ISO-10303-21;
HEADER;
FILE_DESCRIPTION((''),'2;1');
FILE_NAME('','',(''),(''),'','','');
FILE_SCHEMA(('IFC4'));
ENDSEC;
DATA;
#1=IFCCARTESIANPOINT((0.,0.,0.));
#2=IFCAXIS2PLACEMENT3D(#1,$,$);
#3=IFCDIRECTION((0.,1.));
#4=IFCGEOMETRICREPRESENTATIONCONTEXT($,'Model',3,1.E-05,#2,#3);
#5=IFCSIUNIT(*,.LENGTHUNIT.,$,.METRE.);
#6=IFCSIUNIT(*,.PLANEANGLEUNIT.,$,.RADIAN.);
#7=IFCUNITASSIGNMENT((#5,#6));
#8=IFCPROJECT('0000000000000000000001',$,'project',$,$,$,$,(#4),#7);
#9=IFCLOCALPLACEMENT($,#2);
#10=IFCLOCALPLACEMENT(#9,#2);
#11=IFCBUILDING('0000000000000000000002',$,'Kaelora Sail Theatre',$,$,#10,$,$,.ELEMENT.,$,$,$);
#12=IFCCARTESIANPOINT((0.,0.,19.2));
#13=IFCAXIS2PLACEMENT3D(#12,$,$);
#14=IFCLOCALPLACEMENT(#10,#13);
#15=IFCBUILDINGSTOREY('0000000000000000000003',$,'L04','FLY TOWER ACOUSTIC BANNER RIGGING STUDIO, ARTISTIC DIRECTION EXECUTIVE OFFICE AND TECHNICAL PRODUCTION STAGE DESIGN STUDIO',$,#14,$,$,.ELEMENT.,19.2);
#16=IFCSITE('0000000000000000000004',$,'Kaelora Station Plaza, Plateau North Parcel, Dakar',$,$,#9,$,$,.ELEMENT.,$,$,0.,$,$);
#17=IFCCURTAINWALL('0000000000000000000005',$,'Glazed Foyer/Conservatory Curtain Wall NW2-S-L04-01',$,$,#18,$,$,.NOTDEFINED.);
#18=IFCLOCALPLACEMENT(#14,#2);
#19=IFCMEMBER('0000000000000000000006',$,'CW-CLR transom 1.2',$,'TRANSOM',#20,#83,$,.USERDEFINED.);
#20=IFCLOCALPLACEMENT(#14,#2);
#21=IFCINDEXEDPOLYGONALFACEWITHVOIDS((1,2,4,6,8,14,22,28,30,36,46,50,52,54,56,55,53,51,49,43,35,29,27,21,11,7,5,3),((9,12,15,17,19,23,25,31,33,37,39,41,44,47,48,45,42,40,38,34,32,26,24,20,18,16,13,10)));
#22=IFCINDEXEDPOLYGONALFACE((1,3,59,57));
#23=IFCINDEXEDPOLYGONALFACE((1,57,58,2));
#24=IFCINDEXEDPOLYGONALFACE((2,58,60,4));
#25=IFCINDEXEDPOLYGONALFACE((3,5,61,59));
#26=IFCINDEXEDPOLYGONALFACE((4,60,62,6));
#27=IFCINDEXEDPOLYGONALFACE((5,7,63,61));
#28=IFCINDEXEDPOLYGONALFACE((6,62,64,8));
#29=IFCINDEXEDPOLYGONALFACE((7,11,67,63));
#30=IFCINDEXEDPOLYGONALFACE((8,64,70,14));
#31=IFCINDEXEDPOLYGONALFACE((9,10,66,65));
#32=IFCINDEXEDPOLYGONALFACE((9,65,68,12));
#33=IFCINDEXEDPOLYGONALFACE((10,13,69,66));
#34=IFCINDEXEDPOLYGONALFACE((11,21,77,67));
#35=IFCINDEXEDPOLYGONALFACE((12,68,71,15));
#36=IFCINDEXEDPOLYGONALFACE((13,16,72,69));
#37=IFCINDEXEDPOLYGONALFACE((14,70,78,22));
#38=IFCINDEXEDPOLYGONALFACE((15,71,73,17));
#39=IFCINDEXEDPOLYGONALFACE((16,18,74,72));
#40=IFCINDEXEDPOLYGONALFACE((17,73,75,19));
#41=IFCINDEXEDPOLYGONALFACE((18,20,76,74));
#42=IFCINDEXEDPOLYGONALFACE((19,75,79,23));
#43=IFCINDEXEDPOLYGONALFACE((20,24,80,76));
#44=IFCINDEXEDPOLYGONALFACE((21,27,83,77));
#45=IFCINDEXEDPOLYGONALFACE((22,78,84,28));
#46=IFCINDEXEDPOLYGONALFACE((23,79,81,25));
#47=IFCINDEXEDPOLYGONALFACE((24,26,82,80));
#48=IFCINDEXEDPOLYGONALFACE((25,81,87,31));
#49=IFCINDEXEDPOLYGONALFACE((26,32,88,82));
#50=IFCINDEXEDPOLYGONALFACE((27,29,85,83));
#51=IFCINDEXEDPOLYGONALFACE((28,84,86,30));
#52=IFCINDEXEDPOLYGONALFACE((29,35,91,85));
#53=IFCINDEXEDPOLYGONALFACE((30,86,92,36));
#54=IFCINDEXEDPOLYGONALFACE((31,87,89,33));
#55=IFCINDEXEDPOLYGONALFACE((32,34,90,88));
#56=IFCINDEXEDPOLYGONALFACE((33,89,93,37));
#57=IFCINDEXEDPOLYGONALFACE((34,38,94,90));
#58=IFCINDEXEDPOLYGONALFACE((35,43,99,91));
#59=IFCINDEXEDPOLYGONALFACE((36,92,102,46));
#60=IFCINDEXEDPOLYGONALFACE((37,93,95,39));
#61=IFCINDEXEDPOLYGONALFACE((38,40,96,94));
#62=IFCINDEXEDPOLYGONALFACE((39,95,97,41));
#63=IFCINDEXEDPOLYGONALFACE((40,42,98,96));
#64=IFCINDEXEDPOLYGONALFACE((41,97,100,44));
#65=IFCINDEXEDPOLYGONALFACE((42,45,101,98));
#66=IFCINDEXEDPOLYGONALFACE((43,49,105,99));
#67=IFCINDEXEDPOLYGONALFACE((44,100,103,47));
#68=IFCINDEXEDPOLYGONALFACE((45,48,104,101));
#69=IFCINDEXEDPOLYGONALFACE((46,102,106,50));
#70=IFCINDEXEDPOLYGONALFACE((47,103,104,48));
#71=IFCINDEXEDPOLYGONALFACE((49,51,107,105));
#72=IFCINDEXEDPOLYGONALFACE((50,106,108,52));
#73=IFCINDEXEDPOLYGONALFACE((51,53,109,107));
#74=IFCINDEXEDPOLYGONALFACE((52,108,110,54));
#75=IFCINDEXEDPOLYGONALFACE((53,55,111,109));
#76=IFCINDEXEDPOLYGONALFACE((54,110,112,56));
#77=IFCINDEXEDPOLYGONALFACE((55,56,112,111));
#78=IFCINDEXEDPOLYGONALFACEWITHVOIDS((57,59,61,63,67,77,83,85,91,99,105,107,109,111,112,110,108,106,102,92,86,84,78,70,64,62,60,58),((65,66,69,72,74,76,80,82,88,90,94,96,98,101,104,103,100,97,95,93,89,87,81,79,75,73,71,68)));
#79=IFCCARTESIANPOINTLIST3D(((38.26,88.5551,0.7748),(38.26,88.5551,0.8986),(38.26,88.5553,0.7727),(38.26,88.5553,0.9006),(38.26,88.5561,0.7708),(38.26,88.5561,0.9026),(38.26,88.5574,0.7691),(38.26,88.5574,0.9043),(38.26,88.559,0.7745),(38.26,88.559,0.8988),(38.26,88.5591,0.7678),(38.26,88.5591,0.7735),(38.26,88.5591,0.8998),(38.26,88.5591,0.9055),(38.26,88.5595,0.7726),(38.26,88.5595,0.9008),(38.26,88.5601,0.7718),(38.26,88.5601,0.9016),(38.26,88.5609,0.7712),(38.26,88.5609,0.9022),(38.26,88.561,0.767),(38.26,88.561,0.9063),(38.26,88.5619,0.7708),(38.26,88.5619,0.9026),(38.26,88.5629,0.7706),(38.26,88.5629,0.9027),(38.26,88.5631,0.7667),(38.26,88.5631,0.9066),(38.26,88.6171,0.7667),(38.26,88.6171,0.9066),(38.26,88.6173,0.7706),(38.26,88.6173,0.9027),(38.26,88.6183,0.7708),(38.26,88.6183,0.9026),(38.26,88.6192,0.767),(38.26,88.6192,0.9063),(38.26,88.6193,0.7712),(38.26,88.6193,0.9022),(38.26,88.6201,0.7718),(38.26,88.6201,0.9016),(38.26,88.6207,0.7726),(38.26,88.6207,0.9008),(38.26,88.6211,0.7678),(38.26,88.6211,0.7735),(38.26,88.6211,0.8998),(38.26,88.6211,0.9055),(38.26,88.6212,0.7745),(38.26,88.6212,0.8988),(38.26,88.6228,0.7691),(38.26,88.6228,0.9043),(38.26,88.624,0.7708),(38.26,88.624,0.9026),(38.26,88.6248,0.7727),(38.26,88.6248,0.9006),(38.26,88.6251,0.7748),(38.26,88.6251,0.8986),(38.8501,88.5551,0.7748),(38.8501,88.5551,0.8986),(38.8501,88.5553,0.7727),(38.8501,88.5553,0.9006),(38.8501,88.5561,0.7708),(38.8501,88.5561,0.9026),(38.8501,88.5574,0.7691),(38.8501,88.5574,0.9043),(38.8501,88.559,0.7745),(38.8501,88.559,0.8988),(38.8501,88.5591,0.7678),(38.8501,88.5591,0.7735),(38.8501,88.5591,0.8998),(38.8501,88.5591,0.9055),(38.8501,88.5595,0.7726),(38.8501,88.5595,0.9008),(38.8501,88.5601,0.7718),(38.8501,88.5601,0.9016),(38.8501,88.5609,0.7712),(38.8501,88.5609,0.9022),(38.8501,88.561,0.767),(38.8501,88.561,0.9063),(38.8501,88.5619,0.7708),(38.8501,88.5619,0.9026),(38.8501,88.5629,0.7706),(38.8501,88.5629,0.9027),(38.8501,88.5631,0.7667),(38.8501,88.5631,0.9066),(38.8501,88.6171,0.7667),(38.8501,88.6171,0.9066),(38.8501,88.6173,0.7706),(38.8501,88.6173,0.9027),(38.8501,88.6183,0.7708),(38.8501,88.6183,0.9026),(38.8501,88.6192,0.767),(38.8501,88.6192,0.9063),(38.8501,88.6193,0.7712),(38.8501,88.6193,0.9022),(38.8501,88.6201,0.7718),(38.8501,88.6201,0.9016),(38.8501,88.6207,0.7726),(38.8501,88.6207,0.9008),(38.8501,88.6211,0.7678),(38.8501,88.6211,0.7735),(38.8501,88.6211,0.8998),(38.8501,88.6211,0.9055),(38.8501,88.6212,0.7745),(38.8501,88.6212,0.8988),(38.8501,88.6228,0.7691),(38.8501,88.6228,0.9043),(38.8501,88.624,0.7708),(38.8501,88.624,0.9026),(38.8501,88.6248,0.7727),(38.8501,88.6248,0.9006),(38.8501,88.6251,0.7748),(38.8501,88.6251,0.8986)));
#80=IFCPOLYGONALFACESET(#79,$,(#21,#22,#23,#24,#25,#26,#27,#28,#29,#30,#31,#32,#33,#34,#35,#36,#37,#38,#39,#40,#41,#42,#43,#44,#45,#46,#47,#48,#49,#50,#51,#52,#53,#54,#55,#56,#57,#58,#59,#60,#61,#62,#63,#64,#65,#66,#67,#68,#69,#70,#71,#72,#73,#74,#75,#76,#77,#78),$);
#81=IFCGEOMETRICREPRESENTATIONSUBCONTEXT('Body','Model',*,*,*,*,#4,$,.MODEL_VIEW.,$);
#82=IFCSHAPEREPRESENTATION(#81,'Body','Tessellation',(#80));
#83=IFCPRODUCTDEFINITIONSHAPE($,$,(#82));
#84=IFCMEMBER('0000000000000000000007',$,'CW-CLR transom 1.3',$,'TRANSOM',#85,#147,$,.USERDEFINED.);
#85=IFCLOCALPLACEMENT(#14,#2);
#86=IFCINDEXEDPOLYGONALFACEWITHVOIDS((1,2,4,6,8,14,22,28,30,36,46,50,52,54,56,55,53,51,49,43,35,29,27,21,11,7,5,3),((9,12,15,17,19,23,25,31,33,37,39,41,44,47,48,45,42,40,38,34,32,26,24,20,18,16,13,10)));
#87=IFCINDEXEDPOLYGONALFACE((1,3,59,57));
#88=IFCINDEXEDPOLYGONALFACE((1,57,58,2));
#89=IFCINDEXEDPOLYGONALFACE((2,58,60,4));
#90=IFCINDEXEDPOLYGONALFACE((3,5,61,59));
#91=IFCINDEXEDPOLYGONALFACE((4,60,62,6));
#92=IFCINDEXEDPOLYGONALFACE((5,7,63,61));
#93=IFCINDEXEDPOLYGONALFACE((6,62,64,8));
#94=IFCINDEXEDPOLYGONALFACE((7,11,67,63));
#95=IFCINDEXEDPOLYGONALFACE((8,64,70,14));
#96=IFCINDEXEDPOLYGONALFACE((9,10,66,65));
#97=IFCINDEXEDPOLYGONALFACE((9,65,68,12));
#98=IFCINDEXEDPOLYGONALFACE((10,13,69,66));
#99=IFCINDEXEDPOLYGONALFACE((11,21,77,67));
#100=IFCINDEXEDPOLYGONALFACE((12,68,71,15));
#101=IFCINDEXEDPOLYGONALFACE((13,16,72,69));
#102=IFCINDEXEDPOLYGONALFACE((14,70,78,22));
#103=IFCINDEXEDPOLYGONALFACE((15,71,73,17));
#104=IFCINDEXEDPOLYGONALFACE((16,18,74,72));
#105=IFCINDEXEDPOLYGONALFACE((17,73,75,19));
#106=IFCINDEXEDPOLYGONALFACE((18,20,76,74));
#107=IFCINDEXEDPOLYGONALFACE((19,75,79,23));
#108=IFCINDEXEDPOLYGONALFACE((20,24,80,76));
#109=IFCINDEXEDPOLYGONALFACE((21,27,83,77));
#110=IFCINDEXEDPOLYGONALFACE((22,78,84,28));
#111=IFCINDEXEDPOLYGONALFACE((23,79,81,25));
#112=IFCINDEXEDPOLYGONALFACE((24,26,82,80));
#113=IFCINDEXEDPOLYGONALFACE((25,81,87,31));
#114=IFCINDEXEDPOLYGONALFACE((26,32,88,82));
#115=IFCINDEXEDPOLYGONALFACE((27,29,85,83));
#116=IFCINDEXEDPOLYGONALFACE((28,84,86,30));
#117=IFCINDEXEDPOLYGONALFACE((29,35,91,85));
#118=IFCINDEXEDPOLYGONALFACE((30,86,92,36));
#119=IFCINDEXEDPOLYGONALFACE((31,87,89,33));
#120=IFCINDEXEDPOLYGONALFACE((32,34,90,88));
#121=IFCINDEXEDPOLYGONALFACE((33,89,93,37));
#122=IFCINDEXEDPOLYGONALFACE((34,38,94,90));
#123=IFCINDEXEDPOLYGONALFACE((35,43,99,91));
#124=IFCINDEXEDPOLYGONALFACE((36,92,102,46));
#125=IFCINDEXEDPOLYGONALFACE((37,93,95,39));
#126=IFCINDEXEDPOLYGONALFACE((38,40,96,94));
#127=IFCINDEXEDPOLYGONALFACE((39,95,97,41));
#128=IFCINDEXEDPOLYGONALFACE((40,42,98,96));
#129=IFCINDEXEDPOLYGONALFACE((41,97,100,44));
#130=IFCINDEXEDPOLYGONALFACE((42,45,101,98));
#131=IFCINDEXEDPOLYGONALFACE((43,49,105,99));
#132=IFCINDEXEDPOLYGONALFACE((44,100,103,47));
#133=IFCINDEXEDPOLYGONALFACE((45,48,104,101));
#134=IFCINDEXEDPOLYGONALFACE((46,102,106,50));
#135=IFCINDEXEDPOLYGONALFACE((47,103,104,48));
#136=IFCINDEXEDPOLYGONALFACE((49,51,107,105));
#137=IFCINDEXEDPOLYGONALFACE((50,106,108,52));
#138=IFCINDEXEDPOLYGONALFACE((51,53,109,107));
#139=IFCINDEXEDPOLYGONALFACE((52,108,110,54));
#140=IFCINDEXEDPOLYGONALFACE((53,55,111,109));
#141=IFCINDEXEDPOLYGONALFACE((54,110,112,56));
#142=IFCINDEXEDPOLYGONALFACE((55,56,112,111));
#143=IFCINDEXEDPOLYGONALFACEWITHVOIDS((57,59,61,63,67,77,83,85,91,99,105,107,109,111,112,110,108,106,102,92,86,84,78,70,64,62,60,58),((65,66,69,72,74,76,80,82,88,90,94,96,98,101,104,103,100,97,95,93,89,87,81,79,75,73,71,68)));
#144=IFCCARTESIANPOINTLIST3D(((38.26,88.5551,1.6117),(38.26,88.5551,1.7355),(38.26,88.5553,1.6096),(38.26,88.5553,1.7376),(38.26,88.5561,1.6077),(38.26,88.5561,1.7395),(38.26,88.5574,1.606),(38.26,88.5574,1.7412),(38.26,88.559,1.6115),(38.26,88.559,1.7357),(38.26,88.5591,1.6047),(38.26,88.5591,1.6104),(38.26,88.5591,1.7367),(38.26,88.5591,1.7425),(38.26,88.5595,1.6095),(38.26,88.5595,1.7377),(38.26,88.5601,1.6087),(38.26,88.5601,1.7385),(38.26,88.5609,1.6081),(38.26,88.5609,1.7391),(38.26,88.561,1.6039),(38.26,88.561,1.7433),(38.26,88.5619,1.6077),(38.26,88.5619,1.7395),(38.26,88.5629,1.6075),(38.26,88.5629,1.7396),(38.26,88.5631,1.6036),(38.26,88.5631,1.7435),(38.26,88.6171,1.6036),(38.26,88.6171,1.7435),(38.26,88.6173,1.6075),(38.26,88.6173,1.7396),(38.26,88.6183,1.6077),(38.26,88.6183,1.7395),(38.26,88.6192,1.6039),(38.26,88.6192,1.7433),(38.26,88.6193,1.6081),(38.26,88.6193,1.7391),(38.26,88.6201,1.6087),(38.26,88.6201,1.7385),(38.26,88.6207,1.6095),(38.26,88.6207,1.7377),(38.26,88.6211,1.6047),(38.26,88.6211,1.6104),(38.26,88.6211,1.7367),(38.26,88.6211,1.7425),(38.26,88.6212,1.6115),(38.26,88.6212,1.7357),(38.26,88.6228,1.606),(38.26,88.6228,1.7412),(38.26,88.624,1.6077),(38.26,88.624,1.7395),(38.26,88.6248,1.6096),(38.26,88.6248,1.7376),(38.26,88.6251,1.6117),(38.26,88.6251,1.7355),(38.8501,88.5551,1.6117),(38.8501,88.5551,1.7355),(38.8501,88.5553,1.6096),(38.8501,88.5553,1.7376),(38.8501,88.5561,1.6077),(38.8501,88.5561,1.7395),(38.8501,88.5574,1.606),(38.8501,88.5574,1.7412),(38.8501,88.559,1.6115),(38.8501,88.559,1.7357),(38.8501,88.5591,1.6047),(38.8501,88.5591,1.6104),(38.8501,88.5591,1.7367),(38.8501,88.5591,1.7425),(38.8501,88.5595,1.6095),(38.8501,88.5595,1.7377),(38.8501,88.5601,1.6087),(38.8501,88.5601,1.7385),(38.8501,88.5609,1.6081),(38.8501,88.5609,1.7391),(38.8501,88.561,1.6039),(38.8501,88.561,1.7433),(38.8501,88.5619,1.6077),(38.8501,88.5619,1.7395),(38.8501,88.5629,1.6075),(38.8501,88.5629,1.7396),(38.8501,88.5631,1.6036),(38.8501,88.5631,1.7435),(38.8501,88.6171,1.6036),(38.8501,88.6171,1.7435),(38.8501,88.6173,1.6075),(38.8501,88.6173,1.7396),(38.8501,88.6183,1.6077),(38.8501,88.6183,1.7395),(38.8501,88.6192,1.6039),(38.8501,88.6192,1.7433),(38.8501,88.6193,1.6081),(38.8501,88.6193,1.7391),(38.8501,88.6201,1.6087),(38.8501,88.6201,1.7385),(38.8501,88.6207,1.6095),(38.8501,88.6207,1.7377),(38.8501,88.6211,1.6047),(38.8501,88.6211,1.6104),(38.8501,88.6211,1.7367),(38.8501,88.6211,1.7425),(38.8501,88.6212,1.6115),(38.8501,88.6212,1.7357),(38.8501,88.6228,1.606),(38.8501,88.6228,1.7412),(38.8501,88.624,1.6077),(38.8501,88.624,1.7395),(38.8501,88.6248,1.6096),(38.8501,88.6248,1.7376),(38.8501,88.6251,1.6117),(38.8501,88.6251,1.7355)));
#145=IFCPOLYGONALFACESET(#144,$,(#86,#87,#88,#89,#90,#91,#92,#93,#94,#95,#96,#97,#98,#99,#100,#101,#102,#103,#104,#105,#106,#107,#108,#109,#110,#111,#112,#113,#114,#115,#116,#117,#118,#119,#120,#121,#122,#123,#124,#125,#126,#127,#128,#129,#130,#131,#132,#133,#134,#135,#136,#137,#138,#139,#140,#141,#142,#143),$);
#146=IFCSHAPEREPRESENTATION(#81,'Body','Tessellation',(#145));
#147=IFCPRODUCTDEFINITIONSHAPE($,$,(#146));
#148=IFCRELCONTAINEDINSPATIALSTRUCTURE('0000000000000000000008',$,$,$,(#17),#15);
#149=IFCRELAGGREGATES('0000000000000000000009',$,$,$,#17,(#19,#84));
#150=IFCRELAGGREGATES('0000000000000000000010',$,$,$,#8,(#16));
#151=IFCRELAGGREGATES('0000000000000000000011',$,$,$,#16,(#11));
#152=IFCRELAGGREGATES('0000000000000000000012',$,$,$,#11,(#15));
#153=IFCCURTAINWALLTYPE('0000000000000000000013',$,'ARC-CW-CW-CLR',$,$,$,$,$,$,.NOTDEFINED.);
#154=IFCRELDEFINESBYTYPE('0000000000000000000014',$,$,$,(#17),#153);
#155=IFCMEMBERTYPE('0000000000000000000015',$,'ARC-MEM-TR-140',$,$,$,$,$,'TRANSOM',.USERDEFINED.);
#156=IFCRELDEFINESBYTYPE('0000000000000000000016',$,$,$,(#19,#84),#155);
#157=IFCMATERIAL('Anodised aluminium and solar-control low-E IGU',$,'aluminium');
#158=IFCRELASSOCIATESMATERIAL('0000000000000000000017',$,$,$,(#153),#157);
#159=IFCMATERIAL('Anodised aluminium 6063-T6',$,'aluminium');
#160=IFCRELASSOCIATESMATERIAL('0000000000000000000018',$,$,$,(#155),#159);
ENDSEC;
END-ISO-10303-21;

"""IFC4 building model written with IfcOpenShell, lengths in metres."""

from ifc_helpers import new_model, si_unit, direction, frame, origin, origin_2d, place, context, subcontext, project, spatial, hollow_rectangle, extrude, material, material_profile, profile_set, type_object, element, aggregate, save


model = new_model("IFC4")

# Units and contexts
model_context = context("Model", 3, precision=1e-05, world=origin(), true_north=direction((0.0, 1.0)))
body_context = subcontext(model_context, "Body", "Model", "MODEL_VIEW")
ifc_project = project(units=[si_unit("LENGTHUNIT", "METRE"), si_unit("PLANEANGLEUNIT", "RADIAN")], contexts=[model_context])

# Site, building, storey
site_placement = place(None, origin())
site = spatial("IfcSite", under=ifc_project, at=site_placement, Name="Kaelora Station Plaza, Plateau North Parcel, Dakar", CompositionType="ELEMENT", RefElevation=0.0)
building_placement = place(site_placement, origin())
building = spatial("IfcBuilding", under=site, at=building_placement, Name="Kaelora Sail Theatre", CompositionType="ELEMENT")
storey_placement = place(building_placement, frame((0.0, 0.0, 19.2)))
storey = spatial("IfcBuildingStorey", under=building, at=storey_placement, Name="L04", Description="FLY TOWER ACOUSTIC BANNER RIGGING STUDIO, ARTISTIC DIRECTION EXECUTIVE OFFICE AND TECHNICAL PRODUCTION STAGE DESIGN STUDIO", CompositionType="ELEMENT", Elevation=19.2)

# Curtain wall, members
ifc_material_1 = material(Name="Anodised aluminium and solar-control low-E IGU", Category="aluminium")
curtain_wall_type = type_object("IfcCurtainWallType", Name="ARC-CW-CW-CLR", PredefinedType="NOTDEFINED", material=ifc_material_1)
curtain_wall_placement = place(storey_placement, origin())
curtain_wall = element("IfcCurtainWall", 1, at=curtain_wall_placement, inside=storey, type_object=curtain_wall_type, Name="Glazed Foyer/Conservatory Curtain Wall NW2-S-L04-01", PredefinedType="NOTDEFINED")
ifc_material_2 = material(Name="Anodised aluminium 6063-T6", Category="aluminium")
ifc_material_profile_1 = material_profile(ifc_material_2, hollow_rectangle(XDim=0.0701, YDim=0.1399, WallThickness=0.0039, InnerFilletRadius=0.0039, OuterFilletRadius=0.0081, at=origin_2d()), Name="ALU-TRAN 70x140x4")
ifc_profile_set_1 = profile_set([ifc_material_profile_1], Name="Anodised aluminium 6063-T6")
member_type_1 = type_object("IfcMemberType", Name="ARC-MEM-TR-140", ElementType="TRANSOM", PredefinedType="USERDEFINED", material=ifc_profile_set_1)
member_1_placement = place(storey_placement, frame((38.26, 88.5901, 0.8367), z_axis=(1.0, 0.0, 0.0), x_axis=(0.0, 1.0, 0.0)))
member_1 = element("IfcMember", 2, at=member_1_placement, type_object=member_type_1, Name="CW-CLR transom 1.2", ObjectType="TRANSOM", PredefinedType="USERDEFINED", context=body_context, shape_type="SweptSolid", body=[
    extrude(hollow_rectangle(XDim=0.0701, YDim=0.1399, WallThickness=0.0039, InnerFilletRadius=0.0039, OuterFilletRadius=0.0081, at=origin_2d()), origin(), (0.0, 0.0, 1.0), 0.5901),
])
member_2_placement = place(storey_placement, frame((38.26, 88.5901, 1.6736), z_axis=(1.0, 0.0, 0.0), x_axis=(0.0, 1.0, 0.0)))
member_2 = element("IfcMember", 3, at=member_2_placement, type_object=member_type_1, Name="CW-CLR transom 1.3", ObjectType="TRANSOM", PredefinedType="USERDEFINED", context=body_context, shape_type="SweptSolid", body=[
    extrude(hollow_rectangle(XDim=0.0701, YDim=0.1399, WallThickness=0.0039, InnerFilletRadius=0.0039, OuterFilletRadius=0.0081, at=origin_2d()), origin(), (0.0, 0.0, 1.0), 0.5901),
])

aggregate(curtain_wall, [member_1, member_2])

save(model, "model.ifc")
